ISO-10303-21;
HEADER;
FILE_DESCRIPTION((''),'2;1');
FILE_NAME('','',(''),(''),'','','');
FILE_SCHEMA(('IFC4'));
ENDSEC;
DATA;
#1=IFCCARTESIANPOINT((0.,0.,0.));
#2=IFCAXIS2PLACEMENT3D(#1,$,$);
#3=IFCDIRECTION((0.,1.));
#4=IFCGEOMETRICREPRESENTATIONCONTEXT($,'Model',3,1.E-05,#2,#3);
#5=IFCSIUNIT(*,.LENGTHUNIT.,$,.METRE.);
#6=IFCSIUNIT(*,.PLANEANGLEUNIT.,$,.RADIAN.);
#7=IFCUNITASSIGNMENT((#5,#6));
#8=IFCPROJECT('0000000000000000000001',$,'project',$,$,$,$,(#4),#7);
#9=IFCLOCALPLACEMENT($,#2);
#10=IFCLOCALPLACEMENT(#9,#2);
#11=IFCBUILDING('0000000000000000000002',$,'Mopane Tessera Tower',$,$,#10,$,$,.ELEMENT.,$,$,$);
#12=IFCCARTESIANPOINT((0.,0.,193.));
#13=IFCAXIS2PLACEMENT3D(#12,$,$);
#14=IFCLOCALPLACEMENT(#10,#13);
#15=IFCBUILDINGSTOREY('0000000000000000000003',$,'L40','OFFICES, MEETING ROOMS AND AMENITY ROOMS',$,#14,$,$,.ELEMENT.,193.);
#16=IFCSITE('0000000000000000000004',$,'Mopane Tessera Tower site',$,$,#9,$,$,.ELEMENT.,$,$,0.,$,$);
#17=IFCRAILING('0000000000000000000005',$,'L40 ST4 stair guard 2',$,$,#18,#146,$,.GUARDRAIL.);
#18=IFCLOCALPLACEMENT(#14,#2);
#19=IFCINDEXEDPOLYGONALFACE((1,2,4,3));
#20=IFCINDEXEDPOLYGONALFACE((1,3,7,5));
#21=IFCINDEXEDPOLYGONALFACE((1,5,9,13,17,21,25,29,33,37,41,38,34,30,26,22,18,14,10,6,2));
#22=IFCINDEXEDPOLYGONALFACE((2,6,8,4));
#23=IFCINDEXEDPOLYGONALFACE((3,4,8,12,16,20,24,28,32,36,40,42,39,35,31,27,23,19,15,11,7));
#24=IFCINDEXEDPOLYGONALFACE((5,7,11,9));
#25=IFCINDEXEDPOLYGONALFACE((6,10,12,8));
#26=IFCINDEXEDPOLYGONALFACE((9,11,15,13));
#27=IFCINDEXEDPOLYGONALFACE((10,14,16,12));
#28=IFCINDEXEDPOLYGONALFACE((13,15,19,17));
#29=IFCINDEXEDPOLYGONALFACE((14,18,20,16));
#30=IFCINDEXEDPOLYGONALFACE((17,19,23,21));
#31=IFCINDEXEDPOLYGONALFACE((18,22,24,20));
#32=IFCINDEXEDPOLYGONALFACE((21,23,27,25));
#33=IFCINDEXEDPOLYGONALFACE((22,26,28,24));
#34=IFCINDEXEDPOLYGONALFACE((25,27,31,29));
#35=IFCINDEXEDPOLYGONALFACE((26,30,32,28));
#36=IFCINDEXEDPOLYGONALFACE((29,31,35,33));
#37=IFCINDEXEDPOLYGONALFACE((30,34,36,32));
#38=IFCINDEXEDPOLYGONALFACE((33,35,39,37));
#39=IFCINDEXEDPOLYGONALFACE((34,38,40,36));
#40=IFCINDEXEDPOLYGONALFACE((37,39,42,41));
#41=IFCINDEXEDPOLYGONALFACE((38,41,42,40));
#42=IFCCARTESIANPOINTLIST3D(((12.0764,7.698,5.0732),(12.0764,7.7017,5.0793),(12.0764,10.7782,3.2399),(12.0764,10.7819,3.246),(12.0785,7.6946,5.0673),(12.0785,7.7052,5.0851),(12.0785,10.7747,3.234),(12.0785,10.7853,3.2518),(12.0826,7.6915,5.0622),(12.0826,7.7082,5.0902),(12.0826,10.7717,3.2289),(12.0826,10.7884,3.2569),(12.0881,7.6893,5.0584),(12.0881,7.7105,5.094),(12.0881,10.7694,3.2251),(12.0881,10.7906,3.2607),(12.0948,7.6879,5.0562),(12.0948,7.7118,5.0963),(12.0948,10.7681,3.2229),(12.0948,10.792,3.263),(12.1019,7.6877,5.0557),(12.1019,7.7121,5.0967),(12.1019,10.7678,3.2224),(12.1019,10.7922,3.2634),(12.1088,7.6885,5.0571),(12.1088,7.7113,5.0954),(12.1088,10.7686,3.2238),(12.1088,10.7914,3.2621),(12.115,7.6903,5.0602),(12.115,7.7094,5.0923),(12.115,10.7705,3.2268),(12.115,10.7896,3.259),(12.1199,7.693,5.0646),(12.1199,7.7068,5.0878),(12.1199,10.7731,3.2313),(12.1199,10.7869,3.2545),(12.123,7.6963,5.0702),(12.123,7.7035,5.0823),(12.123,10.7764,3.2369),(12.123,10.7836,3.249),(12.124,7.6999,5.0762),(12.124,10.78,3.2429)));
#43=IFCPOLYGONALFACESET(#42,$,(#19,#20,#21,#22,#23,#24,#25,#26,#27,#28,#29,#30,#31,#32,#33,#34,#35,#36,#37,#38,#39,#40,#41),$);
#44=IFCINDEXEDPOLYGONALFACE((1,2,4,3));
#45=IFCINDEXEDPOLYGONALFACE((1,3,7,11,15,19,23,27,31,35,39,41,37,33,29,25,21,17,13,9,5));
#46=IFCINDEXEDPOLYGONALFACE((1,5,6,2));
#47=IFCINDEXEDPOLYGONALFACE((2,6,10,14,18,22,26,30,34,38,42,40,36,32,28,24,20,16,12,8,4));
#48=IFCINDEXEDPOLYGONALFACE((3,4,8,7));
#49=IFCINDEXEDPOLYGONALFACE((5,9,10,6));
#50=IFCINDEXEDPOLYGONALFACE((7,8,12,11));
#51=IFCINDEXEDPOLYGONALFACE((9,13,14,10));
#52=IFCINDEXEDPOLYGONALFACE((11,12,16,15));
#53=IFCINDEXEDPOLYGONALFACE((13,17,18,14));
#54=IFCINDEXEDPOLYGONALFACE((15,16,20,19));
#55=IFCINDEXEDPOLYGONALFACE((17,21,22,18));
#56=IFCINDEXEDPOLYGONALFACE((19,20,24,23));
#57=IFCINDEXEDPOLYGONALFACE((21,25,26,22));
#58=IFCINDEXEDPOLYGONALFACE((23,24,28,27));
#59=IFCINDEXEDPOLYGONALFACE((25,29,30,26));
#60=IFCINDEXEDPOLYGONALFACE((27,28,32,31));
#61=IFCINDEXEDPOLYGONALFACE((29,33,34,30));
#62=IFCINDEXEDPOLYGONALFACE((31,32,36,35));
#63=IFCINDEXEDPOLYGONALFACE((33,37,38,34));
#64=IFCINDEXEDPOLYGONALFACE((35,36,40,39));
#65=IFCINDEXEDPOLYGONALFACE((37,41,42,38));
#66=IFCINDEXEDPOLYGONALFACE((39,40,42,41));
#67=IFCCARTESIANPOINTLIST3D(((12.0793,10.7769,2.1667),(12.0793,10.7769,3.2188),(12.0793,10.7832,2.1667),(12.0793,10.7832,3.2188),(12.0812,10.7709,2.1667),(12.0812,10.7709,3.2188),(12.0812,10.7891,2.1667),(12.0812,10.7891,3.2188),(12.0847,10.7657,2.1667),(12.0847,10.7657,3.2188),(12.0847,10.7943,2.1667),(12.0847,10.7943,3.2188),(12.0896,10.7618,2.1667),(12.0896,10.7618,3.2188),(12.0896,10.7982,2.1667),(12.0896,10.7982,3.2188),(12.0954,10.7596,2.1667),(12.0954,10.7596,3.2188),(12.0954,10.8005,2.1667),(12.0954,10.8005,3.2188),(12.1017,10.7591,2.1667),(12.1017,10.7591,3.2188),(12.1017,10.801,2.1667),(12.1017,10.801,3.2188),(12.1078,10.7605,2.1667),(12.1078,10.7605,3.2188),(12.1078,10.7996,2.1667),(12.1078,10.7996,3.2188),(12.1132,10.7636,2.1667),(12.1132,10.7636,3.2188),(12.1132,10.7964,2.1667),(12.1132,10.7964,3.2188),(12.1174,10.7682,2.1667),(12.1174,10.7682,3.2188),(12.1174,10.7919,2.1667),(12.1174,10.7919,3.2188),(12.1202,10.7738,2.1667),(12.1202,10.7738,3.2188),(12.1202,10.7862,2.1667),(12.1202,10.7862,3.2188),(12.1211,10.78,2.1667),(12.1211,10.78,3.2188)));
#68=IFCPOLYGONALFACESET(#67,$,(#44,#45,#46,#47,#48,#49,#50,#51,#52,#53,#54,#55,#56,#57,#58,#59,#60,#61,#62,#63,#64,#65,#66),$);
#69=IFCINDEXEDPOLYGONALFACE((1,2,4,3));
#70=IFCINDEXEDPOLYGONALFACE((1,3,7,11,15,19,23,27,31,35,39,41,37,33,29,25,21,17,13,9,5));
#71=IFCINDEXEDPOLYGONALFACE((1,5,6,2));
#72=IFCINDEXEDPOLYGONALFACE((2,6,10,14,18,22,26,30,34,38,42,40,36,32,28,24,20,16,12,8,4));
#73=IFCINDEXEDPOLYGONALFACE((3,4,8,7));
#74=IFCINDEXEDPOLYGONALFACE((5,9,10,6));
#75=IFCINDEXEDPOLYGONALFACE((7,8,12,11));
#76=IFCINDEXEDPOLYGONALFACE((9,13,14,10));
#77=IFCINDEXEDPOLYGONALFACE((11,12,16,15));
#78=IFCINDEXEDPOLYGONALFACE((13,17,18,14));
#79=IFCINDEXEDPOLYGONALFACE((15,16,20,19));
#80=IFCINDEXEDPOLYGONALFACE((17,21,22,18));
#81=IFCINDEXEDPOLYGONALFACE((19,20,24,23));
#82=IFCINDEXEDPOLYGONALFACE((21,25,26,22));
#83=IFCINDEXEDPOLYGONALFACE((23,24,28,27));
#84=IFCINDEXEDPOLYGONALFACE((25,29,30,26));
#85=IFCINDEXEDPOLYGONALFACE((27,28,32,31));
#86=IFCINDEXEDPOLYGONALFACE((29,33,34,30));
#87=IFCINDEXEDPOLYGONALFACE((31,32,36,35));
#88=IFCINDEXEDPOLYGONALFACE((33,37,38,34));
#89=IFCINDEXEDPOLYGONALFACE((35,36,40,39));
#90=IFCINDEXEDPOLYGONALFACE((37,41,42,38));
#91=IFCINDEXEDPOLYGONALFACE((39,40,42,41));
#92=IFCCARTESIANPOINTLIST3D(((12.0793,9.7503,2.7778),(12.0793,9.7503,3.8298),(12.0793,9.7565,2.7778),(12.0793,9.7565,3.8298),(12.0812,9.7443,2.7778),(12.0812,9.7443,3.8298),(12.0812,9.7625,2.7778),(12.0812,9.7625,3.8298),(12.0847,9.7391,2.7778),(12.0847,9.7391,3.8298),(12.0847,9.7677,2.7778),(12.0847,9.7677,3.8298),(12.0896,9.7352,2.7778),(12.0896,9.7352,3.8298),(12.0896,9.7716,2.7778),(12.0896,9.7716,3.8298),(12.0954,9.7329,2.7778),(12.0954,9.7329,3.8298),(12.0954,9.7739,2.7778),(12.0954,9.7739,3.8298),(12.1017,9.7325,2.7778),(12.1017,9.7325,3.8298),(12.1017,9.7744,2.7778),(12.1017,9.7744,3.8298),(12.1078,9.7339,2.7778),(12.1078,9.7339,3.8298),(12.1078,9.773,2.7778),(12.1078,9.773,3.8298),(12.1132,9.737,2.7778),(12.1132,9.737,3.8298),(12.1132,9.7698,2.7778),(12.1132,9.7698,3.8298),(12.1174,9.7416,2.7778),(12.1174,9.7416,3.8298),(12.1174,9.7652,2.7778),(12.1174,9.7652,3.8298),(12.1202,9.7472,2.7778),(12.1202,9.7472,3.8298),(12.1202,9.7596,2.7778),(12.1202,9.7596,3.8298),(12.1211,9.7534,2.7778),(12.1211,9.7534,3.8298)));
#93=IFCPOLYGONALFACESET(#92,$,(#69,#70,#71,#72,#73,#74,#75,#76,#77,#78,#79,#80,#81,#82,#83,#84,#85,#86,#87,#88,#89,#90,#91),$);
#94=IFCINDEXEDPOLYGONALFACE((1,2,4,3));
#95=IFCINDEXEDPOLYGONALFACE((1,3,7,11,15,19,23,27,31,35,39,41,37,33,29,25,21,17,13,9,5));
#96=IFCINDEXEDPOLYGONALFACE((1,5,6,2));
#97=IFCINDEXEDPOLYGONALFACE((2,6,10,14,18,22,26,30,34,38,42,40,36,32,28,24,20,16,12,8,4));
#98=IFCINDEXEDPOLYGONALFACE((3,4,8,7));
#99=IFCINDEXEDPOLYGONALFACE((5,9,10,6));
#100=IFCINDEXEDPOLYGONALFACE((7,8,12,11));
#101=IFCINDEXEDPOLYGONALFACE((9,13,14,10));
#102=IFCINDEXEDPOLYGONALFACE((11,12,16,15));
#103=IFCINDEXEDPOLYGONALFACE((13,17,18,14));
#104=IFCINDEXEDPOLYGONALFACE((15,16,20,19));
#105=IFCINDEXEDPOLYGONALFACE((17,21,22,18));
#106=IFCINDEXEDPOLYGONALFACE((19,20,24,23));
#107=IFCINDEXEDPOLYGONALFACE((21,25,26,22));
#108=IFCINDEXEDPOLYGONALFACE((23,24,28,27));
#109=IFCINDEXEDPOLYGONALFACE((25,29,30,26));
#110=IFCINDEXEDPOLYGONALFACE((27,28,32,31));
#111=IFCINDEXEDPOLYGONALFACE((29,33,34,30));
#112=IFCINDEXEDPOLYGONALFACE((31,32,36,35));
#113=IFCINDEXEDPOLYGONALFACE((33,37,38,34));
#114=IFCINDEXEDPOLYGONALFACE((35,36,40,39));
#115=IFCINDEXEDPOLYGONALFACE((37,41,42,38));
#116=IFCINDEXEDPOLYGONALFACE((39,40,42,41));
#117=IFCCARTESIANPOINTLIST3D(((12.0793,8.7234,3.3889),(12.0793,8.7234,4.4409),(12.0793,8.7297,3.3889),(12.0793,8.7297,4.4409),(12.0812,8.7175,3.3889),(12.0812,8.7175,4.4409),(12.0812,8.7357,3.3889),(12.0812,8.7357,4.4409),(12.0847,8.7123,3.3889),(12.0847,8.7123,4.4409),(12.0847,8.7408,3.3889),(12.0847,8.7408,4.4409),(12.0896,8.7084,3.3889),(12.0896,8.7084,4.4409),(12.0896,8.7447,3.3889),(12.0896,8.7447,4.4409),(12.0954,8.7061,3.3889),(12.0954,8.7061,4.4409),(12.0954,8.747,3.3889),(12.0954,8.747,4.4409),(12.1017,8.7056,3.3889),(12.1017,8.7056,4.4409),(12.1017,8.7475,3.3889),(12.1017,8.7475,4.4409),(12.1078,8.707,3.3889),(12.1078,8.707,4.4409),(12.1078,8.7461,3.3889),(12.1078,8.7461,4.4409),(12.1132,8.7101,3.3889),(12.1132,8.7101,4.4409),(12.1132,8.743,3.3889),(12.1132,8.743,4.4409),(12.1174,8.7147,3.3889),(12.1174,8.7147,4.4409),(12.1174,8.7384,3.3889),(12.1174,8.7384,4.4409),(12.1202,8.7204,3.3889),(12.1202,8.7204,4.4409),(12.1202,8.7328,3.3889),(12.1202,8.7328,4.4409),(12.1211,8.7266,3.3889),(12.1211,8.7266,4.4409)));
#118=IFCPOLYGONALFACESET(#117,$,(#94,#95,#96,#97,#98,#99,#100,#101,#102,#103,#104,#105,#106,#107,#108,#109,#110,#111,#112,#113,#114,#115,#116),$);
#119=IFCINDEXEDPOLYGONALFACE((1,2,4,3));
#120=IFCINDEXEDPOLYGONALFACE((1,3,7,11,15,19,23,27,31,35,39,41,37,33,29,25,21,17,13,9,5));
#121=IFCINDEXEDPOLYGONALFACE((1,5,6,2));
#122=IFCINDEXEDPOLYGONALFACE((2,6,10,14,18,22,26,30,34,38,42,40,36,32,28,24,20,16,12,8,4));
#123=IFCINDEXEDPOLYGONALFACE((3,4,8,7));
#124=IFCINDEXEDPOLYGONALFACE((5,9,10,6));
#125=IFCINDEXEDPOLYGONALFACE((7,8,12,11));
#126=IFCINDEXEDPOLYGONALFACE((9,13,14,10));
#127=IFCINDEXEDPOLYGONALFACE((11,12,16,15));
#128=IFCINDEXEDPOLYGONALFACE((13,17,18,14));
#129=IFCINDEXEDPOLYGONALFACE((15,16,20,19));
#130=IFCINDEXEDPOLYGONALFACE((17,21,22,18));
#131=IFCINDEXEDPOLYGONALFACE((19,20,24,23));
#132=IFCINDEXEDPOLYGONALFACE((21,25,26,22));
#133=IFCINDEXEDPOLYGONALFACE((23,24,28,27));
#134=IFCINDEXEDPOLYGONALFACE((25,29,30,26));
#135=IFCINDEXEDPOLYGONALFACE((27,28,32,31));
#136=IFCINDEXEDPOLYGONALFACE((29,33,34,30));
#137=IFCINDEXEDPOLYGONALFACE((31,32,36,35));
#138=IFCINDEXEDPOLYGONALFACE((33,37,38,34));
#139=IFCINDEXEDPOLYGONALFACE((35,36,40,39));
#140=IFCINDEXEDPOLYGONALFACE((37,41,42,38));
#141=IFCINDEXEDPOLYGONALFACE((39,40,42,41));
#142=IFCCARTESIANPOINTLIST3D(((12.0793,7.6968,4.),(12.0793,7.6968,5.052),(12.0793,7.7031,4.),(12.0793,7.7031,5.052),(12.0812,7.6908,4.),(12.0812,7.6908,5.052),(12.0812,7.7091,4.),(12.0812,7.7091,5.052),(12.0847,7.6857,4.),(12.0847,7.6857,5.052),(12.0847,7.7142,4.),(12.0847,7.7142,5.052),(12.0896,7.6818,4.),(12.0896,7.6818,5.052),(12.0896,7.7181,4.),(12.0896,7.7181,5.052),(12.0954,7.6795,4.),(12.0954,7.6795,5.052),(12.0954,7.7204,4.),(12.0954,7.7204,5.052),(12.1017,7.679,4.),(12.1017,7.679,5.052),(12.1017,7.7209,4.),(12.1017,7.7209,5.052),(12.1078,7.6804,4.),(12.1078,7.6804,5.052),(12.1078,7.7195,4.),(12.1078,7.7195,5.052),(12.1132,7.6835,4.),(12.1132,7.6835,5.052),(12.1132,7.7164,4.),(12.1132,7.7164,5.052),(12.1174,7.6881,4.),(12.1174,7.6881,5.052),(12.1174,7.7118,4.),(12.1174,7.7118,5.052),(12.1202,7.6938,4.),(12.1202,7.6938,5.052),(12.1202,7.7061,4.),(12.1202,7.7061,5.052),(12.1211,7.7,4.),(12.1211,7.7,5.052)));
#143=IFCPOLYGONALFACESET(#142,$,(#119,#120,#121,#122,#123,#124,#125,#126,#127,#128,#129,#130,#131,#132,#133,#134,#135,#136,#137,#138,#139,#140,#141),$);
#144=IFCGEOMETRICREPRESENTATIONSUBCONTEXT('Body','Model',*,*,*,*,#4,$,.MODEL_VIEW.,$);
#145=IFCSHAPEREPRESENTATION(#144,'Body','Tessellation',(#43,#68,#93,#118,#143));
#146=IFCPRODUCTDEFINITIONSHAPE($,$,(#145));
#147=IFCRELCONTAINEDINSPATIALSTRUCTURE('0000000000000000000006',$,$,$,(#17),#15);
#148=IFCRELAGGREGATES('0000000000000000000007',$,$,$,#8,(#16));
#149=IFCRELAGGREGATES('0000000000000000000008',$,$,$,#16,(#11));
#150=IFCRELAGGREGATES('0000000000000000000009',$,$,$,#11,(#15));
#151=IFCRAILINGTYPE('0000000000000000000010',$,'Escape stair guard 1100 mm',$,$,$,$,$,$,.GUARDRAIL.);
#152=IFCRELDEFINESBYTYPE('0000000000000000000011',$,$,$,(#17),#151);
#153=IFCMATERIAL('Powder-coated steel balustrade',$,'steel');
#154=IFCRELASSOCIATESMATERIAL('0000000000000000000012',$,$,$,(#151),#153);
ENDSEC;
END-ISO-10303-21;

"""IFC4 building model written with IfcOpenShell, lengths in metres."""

from ifc_helpers import new_model, si_unit, direction, frame, origin, origin_2d, place, context, subcontext, project, spatial, circle, extrude, material, type_object, element, save


model = new_model("IFC4")

# Units and contexts
model_context = context("Model", 3, precision=1e-05, world=origin(), true_north=direction((0.0, 1.0)))
body_context = subcontext(model_context, "Body", "Model", "MODEL_VIEW")
ifc_project = project(units=[si_unit("LENGTHUNIT", "METRE"), si_unit("PLANEANGLEUNIT", "RADIAN")], contexts=[model_context])

# Site, building, storey
site_placement = place(None, origin())
site = spatial("IfcSite", under=ifc_project, at=site_placement, Name="Mopane Tessera Tower site", CompositionType="ELEMENT", RefElevation=0.0)
building_placement = place(site_placement, origin())
building = spatial("IfcBuilding", under=site, at=building_placement, Name="Mopane Tessera Tower", CompositionType="ELEMENT")
storey_placement = place(building_placement, frame((0.0, 0.0, 193.0)))
storey = spatial("IfcBuildingStorey", under=building, at=storey_placement, Name="L40", Description="OFFICES, MEETING ROOMS AND AMENITY ROOMS", CompositionType="ELEMENT", Elevation=193.0)

# Railing
ifc_material_1 = material(Name="Powder-coated steel balustrade", Category="steel")
railing_type_1 = type_object("IfcRailingType", Name="Escape stair guard 1100 mm", PredefinedType="GUARDRAIL", material=ifc_material_1)
railing_1_placement = place(storey_placement, frame((12.1001, 10.78, 2.1667)))
element("IfcRailing", 1, at=railing_1_placement, inside=storey, type_object=railing_type_1, Name="L40 ST4 stair guard 2", PredefinedType="GUARDRAIL", context=body_context, shape_type="SweptSolid", body=[
    extrude(circle(Radius=0.0239, at=origin_2d()), frame((0.0, 0.0, 1.0762), z_axis=(0.0, -0.859309, 0.511458), x_axis=(1.0, 0.0, 0.0)), (0.0, 0.0, 1.0), 3.5845),
    extrude(circle(Radius=0.021, at=origin_2d()), origin(), (0.0, 0.0, 1.0), 1.052),
    extrude(circle(Radius=0.021, at=origin_2d()), frame((0.0, -1.0266, 0.6111)), (0.0, 0.0, 1.0), 1.052),
    extrude(circle(Radius=0.021, at=origin_2d()), frame((0.0, -2.0535, 1.2222)), (0.0, 0.0, 1.0), 1.052),
    extrude(circle(Radius=0.021, at=origin_2d()), frame((0.0, -3.0801, 1.8333)), (0.0, 0.0, 1.0), 1.052),
])

save(model, "model.ifc")
